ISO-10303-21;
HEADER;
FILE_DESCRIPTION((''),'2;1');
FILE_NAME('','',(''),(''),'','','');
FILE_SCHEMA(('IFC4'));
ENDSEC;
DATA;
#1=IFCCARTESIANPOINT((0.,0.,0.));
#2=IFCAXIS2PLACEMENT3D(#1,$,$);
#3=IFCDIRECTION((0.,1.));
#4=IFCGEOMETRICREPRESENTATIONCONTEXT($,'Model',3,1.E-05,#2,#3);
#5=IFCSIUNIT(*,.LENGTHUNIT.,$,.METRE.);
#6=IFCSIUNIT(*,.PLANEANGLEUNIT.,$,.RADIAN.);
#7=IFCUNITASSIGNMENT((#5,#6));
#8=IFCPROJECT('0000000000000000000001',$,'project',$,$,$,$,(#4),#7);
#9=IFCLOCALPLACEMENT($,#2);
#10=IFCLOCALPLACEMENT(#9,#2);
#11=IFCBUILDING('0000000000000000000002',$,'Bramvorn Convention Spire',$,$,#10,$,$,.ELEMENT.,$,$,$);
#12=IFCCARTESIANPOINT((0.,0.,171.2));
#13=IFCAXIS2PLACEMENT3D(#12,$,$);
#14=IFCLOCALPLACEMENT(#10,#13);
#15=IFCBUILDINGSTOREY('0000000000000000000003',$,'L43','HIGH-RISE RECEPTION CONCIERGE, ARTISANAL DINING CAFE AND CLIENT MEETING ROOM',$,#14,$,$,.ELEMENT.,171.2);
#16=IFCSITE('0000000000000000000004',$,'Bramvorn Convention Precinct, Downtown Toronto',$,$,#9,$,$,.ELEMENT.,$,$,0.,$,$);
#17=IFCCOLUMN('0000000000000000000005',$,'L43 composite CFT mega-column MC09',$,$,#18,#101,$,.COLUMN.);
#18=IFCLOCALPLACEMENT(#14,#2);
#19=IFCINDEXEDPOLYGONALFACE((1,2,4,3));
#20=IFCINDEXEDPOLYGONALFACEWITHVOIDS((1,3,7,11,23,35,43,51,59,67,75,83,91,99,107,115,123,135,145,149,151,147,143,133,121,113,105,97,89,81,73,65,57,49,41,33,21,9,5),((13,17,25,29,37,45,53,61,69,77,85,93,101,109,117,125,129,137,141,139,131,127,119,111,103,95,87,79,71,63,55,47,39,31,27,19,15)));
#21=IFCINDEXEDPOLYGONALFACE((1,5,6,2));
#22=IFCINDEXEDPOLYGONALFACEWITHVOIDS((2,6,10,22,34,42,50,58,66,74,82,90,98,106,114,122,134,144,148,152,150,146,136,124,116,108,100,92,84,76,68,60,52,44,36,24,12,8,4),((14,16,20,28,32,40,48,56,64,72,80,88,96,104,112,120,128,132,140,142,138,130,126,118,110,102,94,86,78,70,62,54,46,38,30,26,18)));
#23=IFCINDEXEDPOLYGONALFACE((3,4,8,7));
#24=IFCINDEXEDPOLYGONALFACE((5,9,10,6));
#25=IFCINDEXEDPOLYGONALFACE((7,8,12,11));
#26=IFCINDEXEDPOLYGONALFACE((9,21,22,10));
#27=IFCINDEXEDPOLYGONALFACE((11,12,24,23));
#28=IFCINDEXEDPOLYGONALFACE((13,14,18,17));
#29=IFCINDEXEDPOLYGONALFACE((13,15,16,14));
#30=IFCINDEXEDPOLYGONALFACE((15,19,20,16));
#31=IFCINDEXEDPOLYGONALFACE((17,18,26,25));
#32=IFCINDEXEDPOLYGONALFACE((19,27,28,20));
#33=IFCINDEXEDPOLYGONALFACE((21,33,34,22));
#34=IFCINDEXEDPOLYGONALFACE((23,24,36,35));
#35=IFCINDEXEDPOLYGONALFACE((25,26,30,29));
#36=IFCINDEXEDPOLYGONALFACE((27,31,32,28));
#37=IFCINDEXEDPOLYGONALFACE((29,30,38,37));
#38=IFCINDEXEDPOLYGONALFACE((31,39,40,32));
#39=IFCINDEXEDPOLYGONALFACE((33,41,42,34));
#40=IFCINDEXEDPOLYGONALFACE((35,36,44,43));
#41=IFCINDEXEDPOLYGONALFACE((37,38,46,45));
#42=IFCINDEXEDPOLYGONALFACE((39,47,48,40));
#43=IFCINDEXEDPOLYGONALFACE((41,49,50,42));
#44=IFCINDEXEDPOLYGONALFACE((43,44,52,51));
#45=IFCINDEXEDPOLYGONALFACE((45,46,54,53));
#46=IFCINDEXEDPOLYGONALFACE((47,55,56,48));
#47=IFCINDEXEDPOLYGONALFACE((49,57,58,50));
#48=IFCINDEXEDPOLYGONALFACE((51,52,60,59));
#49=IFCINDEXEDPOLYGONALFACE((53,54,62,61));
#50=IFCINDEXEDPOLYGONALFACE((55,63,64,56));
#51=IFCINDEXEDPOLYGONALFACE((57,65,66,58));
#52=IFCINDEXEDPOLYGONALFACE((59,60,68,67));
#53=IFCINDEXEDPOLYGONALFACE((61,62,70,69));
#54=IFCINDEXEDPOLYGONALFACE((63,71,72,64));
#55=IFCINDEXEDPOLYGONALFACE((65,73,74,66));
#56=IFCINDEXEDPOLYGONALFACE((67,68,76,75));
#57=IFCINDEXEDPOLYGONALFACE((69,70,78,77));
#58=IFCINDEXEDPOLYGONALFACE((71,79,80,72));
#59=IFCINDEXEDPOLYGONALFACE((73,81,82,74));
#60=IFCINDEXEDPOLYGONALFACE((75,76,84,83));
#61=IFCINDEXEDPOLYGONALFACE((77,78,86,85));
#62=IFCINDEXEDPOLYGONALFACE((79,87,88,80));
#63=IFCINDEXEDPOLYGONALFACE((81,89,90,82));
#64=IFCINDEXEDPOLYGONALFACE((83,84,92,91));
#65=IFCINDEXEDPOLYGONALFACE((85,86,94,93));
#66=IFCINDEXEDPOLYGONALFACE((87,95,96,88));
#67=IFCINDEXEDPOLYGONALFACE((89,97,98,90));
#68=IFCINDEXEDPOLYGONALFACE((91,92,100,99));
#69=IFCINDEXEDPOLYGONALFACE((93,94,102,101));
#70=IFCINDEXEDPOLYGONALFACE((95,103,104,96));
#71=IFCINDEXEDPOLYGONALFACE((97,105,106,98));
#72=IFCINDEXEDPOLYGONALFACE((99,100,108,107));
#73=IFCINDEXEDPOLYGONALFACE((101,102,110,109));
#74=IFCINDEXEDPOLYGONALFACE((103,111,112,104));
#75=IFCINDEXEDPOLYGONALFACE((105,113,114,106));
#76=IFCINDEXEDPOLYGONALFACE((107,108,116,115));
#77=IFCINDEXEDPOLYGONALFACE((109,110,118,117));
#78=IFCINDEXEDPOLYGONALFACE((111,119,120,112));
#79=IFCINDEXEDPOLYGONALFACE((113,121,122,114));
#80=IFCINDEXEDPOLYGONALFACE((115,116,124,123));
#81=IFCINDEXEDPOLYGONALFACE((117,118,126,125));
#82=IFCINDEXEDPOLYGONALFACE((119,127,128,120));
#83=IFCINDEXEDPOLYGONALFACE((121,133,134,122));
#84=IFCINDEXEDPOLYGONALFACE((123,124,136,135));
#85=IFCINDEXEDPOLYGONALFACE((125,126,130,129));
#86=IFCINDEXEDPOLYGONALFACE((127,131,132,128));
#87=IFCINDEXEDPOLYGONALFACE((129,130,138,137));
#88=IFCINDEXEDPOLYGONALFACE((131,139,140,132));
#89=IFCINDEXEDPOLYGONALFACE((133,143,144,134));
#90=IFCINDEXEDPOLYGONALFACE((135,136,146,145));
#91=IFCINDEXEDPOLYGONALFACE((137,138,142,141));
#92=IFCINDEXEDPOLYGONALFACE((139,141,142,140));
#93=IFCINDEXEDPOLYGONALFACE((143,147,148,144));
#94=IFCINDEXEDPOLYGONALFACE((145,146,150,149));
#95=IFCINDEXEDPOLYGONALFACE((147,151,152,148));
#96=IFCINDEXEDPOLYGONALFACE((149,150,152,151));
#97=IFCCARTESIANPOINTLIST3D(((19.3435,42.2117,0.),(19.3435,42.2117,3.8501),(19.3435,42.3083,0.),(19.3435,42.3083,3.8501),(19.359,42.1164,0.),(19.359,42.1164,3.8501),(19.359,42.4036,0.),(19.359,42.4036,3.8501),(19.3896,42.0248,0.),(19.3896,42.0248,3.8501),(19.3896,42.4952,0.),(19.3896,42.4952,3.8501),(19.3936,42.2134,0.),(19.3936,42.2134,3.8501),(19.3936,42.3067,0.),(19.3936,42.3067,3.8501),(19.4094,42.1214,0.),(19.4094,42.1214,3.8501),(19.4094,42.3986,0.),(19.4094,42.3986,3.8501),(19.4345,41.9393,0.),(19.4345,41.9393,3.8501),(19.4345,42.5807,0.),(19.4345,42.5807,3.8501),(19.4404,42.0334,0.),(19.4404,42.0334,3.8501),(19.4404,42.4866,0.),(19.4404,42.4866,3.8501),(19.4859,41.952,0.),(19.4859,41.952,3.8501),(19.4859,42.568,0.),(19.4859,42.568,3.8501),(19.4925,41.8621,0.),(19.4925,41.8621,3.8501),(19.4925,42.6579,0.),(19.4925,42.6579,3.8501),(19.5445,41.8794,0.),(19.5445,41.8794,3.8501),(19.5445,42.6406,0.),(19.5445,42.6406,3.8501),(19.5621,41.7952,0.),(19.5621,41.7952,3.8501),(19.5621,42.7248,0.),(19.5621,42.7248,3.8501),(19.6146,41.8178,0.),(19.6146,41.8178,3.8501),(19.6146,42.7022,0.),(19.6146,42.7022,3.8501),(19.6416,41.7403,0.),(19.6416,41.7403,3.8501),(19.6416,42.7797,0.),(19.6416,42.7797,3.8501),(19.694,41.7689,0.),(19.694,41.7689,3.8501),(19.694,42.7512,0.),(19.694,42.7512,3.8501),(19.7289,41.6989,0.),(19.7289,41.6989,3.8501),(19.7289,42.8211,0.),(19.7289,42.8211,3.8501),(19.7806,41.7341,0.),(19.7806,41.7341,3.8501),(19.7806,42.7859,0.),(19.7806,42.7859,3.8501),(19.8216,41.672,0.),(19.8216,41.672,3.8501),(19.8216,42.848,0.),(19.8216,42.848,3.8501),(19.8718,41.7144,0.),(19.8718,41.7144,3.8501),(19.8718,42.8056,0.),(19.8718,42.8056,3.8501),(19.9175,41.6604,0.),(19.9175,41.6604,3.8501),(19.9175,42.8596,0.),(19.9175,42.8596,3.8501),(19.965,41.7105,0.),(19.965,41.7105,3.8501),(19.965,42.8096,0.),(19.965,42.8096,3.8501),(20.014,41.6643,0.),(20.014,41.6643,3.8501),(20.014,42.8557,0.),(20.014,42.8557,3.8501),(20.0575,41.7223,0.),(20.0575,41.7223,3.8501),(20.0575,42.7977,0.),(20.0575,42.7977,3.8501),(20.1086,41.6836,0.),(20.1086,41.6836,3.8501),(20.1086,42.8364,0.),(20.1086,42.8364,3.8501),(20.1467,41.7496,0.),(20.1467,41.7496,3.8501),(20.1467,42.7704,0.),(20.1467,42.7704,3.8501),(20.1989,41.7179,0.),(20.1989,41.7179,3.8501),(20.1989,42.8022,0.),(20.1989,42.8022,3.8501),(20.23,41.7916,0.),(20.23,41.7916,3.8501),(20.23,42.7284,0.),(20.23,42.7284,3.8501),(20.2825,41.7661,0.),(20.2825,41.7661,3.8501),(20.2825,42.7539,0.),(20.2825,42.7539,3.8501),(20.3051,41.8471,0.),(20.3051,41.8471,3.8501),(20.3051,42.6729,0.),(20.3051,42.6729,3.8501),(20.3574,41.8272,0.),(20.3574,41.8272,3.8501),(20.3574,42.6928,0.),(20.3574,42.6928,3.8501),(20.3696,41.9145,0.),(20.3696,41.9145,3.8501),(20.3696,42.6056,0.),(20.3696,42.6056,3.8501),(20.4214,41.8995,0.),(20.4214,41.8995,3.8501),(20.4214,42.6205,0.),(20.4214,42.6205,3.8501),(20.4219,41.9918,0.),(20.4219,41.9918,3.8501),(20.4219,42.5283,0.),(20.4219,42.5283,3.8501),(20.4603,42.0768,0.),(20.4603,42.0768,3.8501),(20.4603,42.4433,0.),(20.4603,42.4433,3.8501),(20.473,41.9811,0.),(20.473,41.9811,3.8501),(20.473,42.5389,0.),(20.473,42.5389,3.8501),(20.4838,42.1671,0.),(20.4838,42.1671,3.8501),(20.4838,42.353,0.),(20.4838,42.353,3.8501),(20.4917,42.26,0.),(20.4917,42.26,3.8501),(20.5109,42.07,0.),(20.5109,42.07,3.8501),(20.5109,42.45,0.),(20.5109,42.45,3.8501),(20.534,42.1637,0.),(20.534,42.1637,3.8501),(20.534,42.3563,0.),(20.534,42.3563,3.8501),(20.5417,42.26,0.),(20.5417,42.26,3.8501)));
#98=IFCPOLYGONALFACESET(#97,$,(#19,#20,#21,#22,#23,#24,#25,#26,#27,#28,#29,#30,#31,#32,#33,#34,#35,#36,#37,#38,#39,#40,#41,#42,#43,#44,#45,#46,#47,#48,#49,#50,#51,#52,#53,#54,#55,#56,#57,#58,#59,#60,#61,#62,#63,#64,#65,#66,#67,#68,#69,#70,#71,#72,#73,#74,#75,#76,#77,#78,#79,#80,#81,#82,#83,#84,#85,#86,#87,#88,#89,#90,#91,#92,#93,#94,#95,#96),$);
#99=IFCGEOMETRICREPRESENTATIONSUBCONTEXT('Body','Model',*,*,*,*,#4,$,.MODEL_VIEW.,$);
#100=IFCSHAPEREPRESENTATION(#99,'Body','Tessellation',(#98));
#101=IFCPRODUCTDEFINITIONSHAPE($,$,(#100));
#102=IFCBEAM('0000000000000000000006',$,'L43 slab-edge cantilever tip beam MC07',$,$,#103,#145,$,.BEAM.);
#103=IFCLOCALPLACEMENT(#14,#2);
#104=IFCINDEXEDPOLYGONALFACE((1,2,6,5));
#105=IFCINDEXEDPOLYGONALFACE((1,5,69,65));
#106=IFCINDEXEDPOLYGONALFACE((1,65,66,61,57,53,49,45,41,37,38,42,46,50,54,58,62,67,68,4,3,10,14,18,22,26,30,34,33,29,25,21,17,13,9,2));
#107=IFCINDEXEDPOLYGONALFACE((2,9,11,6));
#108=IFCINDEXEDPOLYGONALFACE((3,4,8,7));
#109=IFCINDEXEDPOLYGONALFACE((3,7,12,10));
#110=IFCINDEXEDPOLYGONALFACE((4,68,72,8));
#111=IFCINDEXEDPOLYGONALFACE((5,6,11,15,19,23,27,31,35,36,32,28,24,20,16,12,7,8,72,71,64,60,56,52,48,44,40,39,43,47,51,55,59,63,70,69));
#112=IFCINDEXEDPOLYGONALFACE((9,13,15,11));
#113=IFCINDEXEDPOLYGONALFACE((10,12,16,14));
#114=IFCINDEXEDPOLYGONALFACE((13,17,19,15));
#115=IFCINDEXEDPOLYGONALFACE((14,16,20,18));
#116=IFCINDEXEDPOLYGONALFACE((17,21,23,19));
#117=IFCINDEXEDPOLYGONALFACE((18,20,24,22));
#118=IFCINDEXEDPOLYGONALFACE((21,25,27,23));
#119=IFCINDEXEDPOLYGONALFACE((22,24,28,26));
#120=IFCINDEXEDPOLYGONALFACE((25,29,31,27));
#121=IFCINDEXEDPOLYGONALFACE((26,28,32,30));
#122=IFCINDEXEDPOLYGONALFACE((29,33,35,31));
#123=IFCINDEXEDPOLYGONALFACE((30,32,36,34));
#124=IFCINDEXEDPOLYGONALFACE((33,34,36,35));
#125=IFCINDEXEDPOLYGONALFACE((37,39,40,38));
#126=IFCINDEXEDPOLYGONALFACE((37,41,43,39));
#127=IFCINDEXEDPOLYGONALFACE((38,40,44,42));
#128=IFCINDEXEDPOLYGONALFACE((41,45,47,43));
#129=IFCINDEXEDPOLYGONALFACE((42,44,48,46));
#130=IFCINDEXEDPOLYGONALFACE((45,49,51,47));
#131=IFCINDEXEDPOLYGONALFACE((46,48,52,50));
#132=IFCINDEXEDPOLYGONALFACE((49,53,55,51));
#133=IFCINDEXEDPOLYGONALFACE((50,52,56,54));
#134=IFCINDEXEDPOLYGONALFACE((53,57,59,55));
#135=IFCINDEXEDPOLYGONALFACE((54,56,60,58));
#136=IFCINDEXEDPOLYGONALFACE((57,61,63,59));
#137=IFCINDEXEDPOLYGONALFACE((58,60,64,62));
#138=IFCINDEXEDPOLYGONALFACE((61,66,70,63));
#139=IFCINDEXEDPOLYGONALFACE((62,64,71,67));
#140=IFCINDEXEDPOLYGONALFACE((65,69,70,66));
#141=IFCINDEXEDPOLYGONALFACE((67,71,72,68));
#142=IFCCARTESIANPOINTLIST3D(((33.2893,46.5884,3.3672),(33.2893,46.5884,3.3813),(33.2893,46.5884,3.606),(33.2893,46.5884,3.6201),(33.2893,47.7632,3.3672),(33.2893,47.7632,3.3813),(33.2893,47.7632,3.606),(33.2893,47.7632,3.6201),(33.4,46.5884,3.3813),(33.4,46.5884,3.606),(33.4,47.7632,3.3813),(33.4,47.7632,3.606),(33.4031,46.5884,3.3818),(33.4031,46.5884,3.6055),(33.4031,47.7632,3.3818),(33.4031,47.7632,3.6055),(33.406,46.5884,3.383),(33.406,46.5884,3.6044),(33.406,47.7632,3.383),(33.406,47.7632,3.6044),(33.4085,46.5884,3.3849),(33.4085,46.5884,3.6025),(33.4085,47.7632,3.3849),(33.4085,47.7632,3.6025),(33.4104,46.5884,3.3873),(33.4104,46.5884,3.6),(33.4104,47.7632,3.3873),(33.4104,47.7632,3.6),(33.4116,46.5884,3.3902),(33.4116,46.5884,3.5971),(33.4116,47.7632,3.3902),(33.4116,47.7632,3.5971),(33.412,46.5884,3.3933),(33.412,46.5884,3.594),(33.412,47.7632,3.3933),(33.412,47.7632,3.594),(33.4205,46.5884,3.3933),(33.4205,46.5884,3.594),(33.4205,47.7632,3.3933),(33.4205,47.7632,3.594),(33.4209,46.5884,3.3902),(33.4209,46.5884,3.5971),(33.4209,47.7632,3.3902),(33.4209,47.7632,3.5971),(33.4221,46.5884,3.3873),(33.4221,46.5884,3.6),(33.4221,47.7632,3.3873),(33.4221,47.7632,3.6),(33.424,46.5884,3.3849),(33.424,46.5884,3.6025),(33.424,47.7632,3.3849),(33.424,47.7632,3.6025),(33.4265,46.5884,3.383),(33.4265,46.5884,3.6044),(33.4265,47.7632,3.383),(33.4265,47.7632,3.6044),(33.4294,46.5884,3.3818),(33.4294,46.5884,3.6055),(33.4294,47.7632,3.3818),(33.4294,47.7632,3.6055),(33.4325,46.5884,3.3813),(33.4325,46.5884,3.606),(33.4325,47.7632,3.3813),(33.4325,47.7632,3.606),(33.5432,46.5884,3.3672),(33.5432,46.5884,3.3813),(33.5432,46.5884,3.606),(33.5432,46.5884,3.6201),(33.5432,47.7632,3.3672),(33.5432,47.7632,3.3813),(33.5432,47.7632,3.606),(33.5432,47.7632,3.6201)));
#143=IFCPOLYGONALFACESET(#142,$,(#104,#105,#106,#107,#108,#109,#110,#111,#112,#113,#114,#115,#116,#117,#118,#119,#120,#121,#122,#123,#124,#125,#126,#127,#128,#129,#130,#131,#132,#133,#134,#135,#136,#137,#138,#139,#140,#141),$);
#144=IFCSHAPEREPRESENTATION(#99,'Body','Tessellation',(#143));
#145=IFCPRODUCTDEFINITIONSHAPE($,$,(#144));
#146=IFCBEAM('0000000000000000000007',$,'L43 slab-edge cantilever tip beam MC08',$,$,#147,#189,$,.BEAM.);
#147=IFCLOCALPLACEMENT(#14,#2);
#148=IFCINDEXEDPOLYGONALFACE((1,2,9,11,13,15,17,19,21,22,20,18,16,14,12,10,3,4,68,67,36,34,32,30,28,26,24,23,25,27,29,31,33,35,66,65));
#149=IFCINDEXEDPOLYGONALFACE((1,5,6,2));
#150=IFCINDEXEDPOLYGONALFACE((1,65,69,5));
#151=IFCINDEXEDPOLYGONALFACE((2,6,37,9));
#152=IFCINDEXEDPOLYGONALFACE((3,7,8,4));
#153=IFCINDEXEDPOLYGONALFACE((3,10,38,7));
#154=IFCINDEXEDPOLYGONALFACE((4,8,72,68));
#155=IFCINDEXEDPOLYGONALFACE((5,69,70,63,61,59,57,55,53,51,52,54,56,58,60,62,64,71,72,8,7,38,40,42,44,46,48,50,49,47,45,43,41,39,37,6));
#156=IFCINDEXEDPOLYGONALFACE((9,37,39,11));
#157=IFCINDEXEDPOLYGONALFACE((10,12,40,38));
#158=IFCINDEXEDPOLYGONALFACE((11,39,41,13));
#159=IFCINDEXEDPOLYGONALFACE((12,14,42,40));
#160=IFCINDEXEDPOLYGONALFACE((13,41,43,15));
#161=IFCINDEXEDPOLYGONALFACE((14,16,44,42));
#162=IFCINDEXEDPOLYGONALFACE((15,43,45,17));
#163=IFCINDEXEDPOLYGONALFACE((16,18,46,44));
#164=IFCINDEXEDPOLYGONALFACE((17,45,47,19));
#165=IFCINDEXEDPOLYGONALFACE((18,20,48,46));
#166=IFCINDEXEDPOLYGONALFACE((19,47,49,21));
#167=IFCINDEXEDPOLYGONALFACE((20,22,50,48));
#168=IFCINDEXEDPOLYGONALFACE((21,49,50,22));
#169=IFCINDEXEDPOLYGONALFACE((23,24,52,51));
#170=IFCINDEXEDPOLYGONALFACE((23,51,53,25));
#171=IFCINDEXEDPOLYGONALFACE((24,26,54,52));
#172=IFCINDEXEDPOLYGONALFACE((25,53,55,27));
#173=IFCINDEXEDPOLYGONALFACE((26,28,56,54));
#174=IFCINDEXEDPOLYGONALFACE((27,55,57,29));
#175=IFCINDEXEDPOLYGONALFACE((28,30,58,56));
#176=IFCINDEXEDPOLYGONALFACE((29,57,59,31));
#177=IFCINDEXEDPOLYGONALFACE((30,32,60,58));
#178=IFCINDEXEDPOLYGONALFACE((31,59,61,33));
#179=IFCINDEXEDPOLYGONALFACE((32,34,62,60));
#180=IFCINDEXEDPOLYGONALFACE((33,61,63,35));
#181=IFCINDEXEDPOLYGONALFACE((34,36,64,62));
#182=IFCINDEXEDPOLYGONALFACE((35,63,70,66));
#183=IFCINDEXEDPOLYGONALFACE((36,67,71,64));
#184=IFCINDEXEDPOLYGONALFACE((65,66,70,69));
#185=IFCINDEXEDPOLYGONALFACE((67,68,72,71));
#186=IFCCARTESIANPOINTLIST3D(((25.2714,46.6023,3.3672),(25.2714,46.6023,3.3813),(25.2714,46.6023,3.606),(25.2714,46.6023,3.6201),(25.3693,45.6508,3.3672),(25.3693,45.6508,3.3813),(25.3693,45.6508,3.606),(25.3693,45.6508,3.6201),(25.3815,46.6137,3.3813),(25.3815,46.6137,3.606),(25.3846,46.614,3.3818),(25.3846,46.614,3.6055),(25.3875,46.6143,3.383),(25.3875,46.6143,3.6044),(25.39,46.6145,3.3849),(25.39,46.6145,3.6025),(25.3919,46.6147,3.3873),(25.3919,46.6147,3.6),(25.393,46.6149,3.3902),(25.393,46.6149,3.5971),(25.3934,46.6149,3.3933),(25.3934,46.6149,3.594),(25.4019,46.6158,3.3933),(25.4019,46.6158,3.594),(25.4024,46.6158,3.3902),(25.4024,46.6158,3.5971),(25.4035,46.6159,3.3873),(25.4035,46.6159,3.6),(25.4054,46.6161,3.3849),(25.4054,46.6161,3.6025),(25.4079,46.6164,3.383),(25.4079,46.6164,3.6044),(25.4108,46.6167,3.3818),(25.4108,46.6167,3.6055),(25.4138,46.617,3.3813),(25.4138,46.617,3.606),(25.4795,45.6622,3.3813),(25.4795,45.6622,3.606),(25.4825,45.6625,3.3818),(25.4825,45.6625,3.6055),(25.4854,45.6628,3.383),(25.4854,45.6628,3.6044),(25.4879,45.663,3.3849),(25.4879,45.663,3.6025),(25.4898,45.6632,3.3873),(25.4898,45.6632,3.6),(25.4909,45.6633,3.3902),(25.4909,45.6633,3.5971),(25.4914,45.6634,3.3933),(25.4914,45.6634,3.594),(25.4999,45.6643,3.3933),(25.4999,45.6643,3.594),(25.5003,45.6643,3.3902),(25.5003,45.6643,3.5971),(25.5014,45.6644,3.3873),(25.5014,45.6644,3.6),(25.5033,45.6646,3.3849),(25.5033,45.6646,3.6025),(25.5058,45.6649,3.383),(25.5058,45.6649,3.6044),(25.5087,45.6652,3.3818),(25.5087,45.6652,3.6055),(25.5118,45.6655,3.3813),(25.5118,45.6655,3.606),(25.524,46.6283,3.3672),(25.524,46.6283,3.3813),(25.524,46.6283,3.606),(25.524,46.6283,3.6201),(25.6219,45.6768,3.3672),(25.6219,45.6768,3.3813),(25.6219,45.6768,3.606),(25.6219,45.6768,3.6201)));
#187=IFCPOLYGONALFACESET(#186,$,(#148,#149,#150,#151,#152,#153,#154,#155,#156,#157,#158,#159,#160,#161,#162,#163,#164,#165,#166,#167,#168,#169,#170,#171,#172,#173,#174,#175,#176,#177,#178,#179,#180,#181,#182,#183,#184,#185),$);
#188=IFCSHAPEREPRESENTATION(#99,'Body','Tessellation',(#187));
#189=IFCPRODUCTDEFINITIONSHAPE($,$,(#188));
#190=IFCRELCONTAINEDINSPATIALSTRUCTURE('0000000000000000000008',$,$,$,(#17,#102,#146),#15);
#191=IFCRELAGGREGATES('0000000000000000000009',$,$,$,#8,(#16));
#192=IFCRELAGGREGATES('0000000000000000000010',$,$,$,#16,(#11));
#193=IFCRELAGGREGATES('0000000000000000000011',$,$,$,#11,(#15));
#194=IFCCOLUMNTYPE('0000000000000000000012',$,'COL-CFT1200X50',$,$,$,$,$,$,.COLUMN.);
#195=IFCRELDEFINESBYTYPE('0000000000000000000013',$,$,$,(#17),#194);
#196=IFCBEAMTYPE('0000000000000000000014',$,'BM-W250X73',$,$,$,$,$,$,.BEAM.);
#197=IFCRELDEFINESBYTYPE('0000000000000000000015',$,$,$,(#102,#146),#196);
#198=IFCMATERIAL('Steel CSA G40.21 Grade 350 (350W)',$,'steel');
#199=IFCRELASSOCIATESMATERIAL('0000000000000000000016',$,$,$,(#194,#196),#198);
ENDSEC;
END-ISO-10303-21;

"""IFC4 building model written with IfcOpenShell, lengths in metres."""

from ifc_helpers import new_model, si_unit, direction, frame, origin, origin_2d, place, context, subcontext, project, spatial, hollow_circle, i_section, extrude, material, material_profile, profile_set, type_object, element, save


model = new_model("IFC4")

# Units and contexts
model_context = context("Model", 3, precision=1e-05, world=origin(), true_north=direction((0.0, 1.0)))
body_context = subcontext(model_context, "Body", "Model", "MODEL_VIEW")
ifc_project = project(units=[si_unit("LENGTHUNIT", "METRE"), si_unit("PLANEANGLEUNIT", "RADIAN")], contexts=[model_context])

# Site, building, storey
site_placement = place(None, origin())
site = spatial("IfcSite", under=ifc_project, at=site_placement, Name="Bramvorn Convention Precinct, Downtown Toronto", CompositionType="ELEMENT", RefElevation=0.0)
building_placement = place(site_placement, origin())
building = spatial("IfcBuilding", under=site, at=building_placement, Name="Bramvorn Convention Spire", CompositionType="ELEMENT")
storey_placement = place(building_placement, frame((0.0, 0.0, 171.2)))
storey = spatial("IfcBuildingStorey", under=building, at=storey_placement, Name="L43", Description="HIGH-RISE RECEPTION CONCIERGE, ARTISANAL DINING CAFE AND CLIENT MEETING ROOM", CompositionType="ELEMENT", Elevation=171.2)

# Column
ifc_material_1 = material(Name="Steel CSA G40.21 Grade 350 (350W)", Category="steel")
ifc_material_profile_1 = material_profile(ifc_material_1, hollow_circle(Radius=0.6001, WallThickness=0.05, at=origin_2d()))
ifc_profile_set_1 = profile_set([ifc_material_profile_1], Name="Steel CSA G40.21 Grade 350 (350W) - CFT1200X50")
column_type = type_object("IfcColumnType", Name="COL-CFT1200X50", PredefinedType="COLUMN", material=ifc_profile_set_1)
for number, where, z_axis, x_axis, name in (
    (1, (19.9417, 42.26, 0.0), (0.0, 0.0, 1.0), (1.0, 0.0, 0.0), "L43 composite CFT mega-column MC09"),
):
    element("IfcColumn", number, at=place(storey_placement, frame(where, z_axis=z_axis, x_axis=x_axis)), inside=storey, type_object=column_type, Name=name, PredefinedType="COLUMN", context=body_context, shape_type="SweptSolid", body=[
        extrude(hollow_circle(Radius=0.6001, WallThickness=0.05, at=origin_2d()), origin(), (0.0, 0.0, 1.0), 3.8501),
    ])

# Beams
ifc_material_profile_2 = material_profile(ifc_material_1, i_section(OverallWidth=0.2539, OverallDepth=0.2529, WebThickness=0.0085, FlangeThickness=0.0142, FilletRadius=0.012, at=origin_2d()))
ifc_profile_set_2 = profile_set([ifc_material_profile_2], Name="Steel CSA G40.21 Grade 350 (350W) - W250X73")
beam_type_1 = type_object("IfcBeamType", Name="BM-W250X73", PredefinedType="BEAM", material=ifc_profile_set_2)
beam_1_placement = place(storey_placement, frame((33.4163, 46.5884, 3.4937), z_axis=(0.0, 1.0, 0.0), x_axis=(-1.0, 0.0, 0.0)))
element("IfcBeam", 2, at=beam_1_placement, inside=storey, type_object=beam_type_1, Name="L43 slab-edge cantilever tip beam MC07", PredefinedType="BEAM", context=body_context, shape_type="SweptSolid", body=[
    extrude(i_section(OverallWidth=0.2539, OverallDepth=0.2529, WebThickness=0.0085, FlangeThickness=0.0142, FilletRadius=0.012, at=origin_2d()), origin(), (0.0, 0.0, 1.0), 1.1748),
])
beam_2_placement = place(storey_placement, frame((25.4956, 45.6638, 3.4937), z_axis=(-0.102359, 0.994748, 0.0), x_axis=(-0.994748, -0.102359, 0.0)))
element("IfcBeam", 3, at=beam_2_placement, inside=storey, type_object=beam_type_1, Name="L43 slab-edge cantilever tip beam MC08", PredefinedType="BEAM", context=body_context, shape_type="SweptSolid", body=[
    extrude(i_section(OverallWidth=0.2539, OverallDepth=0.2529, WebThickness=0.0085, FlangeThickness=0.0142, FilletRadius=0.012, at=origin_2d()), origin(), (0.0, 0.0, 1.0), 0.9565),
])

save(model, "model.ifc")
